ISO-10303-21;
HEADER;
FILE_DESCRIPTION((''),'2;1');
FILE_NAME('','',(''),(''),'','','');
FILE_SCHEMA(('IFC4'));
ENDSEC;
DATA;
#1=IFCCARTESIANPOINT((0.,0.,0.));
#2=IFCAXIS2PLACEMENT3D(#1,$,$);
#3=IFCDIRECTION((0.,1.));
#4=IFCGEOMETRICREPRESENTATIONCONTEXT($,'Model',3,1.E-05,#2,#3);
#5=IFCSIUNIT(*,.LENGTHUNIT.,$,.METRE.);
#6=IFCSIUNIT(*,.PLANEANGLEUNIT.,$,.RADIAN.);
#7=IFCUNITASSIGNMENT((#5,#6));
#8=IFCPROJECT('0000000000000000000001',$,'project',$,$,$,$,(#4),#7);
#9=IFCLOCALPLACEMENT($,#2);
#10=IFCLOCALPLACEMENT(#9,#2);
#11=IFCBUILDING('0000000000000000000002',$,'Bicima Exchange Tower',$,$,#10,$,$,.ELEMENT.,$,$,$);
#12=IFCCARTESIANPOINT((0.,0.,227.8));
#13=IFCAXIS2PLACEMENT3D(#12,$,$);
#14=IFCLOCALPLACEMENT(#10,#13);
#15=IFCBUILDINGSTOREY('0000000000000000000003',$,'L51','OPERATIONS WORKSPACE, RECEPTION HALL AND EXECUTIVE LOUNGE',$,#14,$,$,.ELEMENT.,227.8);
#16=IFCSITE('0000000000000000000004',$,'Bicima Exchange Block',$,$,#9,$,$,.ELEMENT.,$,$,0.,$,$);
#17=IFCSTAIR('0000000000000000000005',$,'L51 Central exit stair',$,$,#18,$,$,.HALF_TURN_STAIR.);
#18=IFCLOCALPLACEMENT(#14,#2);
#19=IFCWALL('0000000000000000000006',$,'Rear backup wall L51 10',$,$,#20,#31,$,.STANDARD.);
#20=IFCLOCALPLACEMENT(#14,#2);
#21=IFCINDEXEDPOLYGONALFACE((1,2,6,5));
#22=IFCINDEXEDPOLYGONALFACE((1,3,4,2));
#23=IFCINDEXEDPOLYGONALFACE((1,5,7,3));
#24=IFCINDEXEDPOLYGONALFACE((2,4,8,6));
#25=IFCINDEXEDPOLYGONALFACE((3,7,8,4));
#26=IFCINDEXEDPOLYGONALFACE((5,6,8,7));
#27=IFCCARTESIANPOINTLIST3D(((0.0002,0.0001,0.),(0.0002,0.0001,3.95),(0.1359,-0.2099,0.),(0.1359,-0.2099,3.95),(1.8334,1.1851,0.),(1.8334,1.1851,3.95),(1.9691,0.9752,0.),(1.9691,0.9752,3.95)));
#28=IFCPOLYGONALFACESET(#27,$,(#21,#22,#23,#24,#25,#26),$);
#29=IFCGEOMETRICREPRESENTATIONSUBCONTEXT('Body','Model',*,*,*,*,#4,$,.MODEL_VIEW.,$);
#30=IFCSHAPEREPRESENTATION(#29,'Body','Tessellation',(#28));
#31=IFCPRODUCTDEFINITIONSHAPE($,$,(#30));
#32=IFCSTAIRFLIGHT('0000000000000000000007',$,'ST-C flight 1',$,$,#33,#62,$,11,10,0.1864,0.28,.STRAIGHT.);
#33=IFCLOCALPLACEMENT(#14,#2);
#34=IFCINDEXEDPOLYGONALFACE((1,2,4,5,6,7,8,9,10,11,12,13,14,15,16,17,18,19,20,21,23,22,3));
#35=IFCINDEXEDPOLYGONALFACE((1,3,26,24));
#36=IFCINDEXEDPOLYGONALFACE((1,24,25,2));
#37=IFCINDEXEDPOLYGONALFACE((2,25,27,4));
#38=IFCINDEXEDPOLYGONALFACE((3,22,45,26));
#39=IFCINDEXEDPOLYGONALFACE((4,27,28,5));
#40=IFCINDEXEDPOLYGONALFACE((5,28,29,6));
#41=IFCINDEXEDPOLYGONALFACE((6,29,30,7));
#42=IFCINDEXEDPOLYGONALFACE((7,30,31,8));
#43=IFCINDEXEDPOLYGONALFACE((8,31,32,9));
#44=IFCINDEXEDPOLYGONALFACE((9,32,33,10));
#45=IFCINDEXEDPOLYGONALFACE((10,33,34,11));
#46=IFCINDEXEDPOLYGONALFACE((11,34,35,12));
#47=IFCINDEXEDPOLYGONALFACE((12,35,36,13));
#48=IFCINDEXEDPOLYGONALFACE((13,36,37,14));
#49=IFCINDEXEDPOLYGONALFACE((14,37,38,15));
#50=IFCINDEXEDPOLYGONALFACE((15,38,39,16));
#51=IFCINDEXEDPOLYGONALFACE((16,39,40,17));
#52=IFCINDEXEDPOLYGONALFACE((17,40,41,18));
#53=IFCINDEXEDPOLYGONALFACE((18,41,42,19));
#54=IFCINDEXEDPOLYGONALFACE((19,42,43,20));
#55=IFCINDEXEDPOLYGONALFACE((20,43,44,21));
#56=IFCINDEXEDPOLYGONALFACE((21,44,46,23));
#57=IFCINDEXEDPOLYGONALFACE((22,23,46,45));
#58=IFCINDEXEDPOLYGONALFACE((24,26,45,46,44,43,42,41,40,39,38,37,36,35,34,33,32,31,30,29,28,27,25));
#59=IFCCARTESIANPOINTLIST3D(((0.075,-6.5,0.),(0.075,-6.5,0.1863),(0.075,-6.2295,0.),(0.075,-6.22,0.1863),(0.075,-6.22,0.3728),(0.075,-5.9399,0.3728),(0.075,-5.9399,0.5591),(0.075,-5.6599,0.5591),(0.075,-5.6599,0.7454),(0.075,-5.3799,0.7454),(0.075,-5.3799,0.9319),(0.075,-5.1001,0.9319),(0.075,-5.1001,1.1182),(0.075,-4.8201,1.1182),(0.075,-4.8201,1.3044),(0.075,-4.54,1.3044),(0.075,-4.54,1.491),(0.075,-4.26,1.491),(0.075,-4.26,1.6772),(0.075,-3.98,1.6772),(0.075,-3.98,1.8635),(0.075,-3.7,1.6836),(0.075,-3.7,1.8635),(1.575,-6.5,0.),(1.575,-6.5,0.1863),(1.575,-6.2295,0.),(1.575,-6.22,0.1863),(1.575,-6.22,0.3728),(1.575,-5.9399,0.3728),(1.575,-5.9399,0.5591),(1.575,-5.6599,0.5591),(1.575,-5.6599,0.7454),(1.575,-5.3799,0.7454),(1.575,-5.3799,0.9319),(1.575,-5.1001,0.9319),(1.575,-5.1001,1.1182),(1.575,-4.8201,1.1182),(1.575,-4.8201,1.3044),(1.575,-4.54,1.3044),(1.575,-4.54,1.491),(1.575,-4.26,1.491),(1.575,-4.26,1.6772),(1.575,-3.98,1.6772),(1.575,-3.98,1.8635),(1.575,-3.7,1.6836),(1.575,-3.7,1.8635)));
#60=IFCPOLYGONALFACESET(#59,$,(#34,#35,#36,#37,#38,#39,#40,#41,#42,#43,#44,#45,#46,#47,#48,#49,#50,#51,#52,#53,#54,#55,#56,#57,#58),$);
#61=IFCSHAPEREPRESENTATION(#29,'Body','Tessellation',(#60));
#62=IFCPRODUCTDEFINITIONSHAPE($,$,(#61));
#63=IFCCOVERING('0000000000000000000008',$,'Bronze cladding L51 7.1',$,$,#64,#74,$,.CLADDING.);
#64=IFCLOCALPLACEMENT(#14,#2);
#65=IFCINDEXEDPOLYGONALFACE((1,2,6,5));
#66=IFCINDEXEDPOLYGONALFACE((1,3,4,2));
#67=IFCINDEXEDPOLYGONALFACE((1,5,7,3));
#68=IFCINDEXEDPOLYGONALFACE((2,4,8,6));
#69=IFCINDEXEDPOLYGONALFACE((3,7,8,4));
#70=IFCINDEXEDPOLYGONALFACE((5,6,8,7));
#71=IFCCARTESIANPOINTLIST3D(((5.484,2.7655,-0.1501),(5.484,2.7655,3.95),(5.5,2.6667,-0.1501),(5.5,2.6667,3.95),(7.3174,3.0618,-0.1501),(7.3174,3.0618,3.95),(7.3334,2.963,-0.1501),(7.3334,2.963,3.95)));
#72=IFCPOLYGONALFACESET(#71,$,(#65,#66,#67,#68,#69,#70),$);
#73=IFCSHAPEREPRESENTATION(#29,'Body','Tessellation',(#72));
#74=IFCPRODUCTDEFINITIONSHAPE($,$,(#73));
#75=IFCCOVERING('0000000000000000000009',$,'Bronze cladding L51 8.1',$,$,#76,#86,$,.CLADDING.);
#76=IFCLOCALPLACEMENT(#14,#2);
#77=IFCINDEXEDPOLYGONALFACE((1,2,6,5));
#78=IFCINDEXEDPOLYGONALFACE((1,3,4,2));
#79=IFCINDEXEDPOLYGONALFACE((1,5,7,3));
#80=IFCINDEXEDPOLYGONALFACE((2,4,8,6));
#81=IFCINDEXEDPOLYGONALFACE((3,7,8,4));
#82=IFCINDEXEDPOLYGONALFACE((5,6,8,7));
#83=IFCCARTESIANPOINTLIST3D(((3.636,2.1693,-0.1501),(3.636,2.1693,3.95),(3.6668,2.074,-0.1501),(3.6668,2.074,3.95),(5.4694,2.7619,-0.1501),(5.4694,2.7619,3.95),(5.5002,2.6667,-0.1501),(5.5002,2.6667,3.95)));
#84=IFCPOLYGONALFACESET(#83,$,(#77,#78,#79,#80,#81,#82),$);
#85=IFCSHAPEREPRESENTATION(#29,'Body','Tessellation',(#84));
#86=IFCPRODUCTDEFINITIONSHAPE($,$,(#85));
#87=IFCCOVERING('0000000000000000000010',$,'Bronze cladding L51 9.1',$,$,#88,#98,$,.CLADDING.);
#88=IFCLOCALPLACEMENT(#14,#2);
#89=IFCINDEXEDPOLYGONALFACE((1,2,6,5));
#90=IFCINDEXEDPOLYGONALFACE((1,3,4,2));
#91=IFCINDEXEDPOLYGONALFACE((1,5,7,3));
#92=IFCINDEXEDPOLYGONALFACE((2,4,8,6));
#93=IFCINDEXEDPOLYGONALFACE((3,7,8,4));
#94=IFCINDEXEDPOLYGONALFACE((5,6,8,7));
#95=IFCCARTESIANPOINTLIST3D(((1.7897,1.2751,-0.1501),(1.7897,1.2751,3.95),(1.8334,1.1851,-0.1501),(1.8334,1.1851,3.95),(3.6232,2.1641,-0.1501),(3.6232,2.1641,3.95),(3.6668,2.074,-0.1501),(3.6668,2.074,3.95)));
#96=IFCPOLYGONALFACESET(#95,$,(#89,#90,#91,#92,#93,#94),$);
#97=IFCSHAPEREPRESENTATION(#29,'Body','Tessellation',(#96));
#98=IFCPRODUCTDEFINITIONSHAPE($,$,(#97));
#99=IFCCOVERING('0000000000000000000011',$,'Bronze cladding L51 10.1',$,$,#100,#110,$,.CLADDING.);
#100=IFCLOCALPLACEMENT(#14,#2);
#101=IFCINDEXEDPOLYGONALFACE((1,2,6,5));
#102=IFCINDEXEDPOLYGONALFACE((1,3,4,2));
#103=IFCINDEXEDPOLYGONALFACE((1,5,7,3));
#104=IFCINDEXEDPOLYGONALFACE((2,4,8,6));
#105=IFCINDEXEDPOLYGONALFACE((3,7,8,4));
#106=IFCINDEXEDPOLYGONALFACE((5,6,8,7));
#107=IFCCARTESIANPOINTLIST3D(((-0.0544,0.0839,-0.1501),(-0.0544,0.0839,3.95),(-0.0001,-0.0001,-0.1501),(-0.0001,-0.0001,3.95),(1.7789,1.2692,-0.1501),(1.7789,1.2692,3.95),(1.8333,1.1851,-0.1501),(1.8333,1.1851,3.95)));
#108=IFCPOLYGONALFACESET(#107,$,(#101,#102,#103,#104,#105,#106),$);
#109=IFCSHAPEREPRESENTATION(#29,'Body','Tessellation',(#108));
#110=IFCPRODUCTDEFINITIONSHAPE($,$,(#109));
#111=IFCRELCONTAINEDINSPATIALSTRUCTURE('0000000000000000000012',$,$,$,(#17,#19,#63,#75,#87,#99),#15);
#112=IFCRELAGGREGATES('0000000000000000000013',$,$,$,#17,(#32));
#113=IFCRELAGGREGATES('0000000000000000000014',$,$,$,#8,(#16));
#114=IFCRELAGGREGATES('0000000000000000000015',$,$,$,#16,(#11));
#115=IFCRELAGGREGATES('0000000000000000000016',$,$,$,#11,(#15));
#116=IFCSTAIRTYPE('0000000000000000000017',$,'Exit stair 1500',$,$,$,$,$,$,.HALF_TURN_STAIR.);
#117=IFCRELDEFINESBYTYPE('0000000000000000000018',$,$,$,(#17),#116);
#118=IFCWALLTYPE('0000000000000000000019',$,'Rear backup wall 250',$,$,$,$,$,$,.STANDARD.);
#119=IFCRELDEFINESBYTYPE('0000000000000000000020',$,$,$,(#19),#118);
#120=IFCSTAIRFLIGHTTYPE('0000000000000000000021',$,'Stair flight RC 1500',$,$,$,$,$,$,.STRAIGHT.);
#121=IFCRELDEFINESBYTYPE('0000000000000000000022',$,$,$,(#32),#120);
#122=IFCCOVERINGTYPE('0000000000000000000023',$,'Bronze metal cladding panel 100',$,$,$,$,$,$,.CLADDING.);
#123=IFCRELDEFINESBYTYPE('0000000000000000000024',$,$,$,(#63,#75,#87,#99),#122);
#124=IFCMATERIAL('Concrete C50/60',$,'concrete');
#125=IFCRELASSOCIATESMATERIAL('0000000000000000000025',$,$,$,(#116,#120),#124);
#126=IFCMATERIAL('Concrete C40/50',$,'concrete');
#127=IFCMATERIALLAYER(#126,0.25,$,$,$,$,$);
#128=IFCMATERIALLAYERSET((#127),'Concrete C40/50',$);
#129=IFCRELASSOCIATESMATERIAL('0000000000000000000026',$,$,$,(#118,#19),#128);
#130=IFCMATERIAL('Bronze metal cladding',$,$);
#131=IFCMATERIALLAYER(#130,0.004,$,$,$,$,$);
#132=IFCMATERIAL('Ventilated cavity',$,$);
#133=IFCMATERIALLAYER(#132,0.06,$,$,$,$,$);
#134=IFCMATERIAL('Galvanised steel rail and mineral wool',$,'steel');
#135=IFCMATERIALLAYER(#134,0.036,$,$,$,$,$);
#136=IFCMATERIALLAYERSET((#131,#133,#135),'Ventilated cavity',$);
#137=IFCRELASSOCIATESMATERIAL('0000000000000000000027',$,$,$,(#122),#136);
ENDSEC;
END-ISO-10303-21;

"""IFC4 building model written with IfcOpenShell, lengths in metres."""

from ifc_helpers import new_model, si_unit, direction, frame, frame_2d, origin, origin_2d, place, context, subcontext, project, spatial, polyline, rectangle, outline, extrude, material, layer, layer_set, layer_usage, type_object, element, aggregate, save


model = new_model("IFC4")

# Units and contexts
model_context = context("Model", 3, precision=1e-05, world=origin(), true_north=direction((0.0, 1.0)))
body_context = subcontext(model_context, "Body", "Model", "MODEL_VIEW")
ifc_project = project(units=[si_unit("LENGTHUNIT", "METRE"), si_unit("PLANEANGLEUNIT", "RADIAN")], contexts=[model_context])

# Site, building, storey
site_placement = place(None, origin())
site = spatial("IfcSite", under=ifc_project, at=site_placement, Name="Bicima Exchange Block", CompositionType="ELEMENT", RefElevation=0.0)
building_placement = place(site_placement, origin())
building = spatial("IfcBuilding", under=site, at=building_placement, Name="Bicima Exchange Tower", CompositionType="ELEMENT")
storey_placement = place(building_placement, frame((0.0, 0.0, 227.8)))
storey = spatial("IfcBuildingStorey", under=building, at=storey_placement, Name="L51", Description="OPERATIONS WORKSPACE, RECEPTION HALL AND EXECUTIVE LOUNGE", CompositionType="ELEMENT", Elevation=227.8)

# Shared definitions
ifc_material_1 = material(Name="Concrete C40/50", Category="concrete")

# Stair
ifc_material_2 = material(Name="Concrete C50/60", Category="concrete")
stair_type_1 = type_object("IfcStairType", Name="Exit stair 1500", PredefinedType="HALF_TURN_STAIR", material=ifc_material_2)
stair_1_placement = place(storey_placement, origin())
stair_1 = element("IfcStair", 1, at=stair_1_placement, inside=storey, type_object=stair_type_1, Name="L51 Central exit stair", PredefinedType="HALF_TURN_STAIR")

# Wall
ifc_layer_1 = layer(ifc_material_1, 0.25)
ifc_layer_set_1 = layer_set([ifc_layer_1], Name="Concrete C40/50")
ifc_layer_usage = layer_usage(ifc_layer_set_1, "AXIS2", "POSITIVE", -0.125)
wall_type_1 = type_object("IfcWallType", Name="Rear backup wall 250", PredefinedType="STANDARD", material=ifc_layer_set_1)
wall_1_placement = place(storey_placement, frame((1.9011, 1.0801, 0.0), z_axis=(0.0, 0.0, 1.0), x_axis=(-0.839813, -0.542876, 0.0)))
element("IfcWall", 2, at=wall_1_placement, inside=storey, type_object=wall_type_1, material=ifc_layer_usage, Name="Rear backup wall L51 10", PredefinedType="STANDARD", context=body_context, shape_type="SweptSolid", body=[
    extrude(rectangle(XDim=2.1829, YDim=0.25, at=frame_2d((1.0913, 0.0))), origin(), (0.0, 0.0, 1.0), 3.95),
])

# Stair flight
stair_flight_type = type_object("IfcStairFlightType", Name="Stair flight RC 1500", PredefinedType="STRAIGHT", material=ifc_material_2)
stair_flight_placement = place(storey_placement, frame((0.825, -6.5, 0.0), z_axis=(0.0, 0.0, 1.0), x_axis=(0.0, 1.0, 0.0)))
stair_flight = element("IfcStairFlight", 3, at=stair_flight_placement, type_object=stair_flight_type, Name="ST-C flight 1", NumberOfRisers=11, NumberOfTreads=10, PredefinedType="STRAIGHT", RiserHeight=0.1864, TreadLength=0.28, context=body_context, shape_type="SweptSolid", body=[
    extrude(outline(polyline([(0.0, 0.0), (0.0, 0.1863), (0.28, 0.1863), (0.28, 0.3728), (0.5601, 0.3728), (0.5601, 0.5591), (0.8401, 0.5591), (0.8401, 0.7454), (1.1201, 0.7454), (1.1201, 0.9319), (1.3999, 0.9319), (1.3999, 1.1182), (1.6799, 1.1182), (1.6799, 1.3044), (1.96, 1.3044), (1.96, 1.491), (2.24, 1.491), (2.24, 1.6772), (2.52, 1.6772), (2.52, 1.8635), (2.8, 1.8635), (2.8, 2.05), (2.8, 1.6836), (0.2705, 0.0), (0.0, 0.0)])), frame((0.0, 0.75, 0.0), z_axis=(0.0, -1.0, 0.0), x_axis=(1.0, 0.0, 0.0)), (0.0, 0.0, 1.0), 1.5),
])
aggregate(stair_1, [stair_flight])

# Coverings
ifc_material_3 = material(Name="Bronze metal cladding")
ifc_layer_2 = layer(ifc_material_3, 0.004)
ifc_material_4 = material(Name="Ventilated cavity")
ifc_layer_3 = layer(ifc_material_4, 0.06)
ifc_material_5 = material(Name="Galvanised steel rail and mineral wool", Category="steel")
ifc_layer_4 = layer(ifc_material_5, 0.036)
ifc_layer_set_2 = layer_set([ifc_layer_2, ifc_layer_3, ifc_layer_4], Name="Ventilated cavity")
covering_type = type_object("IfcCoveringType", Name="Bronze metal cladding panel 100", PredefinedType="CLADDING", material=ifc_layer_set_2)
covering_1_placement = place(storey_placement, frame((6.4087, 2.8643, -0.1501), z_axis=(0.0, 0.0, 1.0), x_axis=(-0.98719, -0.15955, 0.0)))
element("IfcCovering", 4, at=covering_1_placement, inside=storey, type_object=covering_type, Name="Bronze cladding L51 7.1", PredefinedType="CLADDING", context=body_context, shape_type="SweptSolid", body=[
    extrude(rectangle(XDim=1.8572, YDim=0.1001, at=origin_2d()), origin(), (0.0, 0.0, 1.0), 4.1001),
])
covering_2_placement = place(storey_placement, frame((4.5681, 2.418, -0.1501), z_axis=(0.0, 0.0, 1.0), x_axis=(-0.951525, -0.307573, 0.0)))
element("IfcCovering", 5, at=covering_2_placement, inside=storey, type_object=covering_type, Name="Bronze cladding L51 8.1", PredefinedType="CLADDING", context=body_context, shape_type="SweptSolid", body=[
    extrude(rectangle(XDim=1.9268, YDim=0.1001, at=origin_2d()), origin(), (0.0, 0.0, 1.0), 4.1001),
])
covering_3_placement = place(storey_placement, frame((2.7283, 1.6746, -0.1501), z_axis=(0.0, 0.0, 1.0), x_axis=(-0.899818, -0.436265, 0.0)))
element("IfcCovering", 6, at=covering_3_placement, inside=storey, type_object=covering_type, Name="Bronze cladding L51 9.1", PredefinedType="CLADDING", context=body_context, shape_type="SweptSolid", body=[
    extrude(rectangle(XDim=2.0376, YDim=0.1001, at=origin_2d()), origin(), (0.0, 0.0, 1.0), 4.1001),
])
covering_4_placement = place(storey_placement, frame((0.8894, 0.6345, -0.1501), z_axis=(0.0, 0.0, 1.0), x_axis=(-0.83979, -0.542911, 0.0)))
element("IfcCovering", 7, at=covering_4_placement, inside=storey, type_object=covering_type, Name="Bronze cladding L51 10.1", PredefinedType="CLADDING", context=body_context, shape_type="SweptSolid", body=[
    extrude(rectangle(XDim=2.1831, YDim=0.1001, at=origin_2d()), origin(), (0.0, 0.0, 1.0), 4.1001),
])

save(model, "model.ifc")
